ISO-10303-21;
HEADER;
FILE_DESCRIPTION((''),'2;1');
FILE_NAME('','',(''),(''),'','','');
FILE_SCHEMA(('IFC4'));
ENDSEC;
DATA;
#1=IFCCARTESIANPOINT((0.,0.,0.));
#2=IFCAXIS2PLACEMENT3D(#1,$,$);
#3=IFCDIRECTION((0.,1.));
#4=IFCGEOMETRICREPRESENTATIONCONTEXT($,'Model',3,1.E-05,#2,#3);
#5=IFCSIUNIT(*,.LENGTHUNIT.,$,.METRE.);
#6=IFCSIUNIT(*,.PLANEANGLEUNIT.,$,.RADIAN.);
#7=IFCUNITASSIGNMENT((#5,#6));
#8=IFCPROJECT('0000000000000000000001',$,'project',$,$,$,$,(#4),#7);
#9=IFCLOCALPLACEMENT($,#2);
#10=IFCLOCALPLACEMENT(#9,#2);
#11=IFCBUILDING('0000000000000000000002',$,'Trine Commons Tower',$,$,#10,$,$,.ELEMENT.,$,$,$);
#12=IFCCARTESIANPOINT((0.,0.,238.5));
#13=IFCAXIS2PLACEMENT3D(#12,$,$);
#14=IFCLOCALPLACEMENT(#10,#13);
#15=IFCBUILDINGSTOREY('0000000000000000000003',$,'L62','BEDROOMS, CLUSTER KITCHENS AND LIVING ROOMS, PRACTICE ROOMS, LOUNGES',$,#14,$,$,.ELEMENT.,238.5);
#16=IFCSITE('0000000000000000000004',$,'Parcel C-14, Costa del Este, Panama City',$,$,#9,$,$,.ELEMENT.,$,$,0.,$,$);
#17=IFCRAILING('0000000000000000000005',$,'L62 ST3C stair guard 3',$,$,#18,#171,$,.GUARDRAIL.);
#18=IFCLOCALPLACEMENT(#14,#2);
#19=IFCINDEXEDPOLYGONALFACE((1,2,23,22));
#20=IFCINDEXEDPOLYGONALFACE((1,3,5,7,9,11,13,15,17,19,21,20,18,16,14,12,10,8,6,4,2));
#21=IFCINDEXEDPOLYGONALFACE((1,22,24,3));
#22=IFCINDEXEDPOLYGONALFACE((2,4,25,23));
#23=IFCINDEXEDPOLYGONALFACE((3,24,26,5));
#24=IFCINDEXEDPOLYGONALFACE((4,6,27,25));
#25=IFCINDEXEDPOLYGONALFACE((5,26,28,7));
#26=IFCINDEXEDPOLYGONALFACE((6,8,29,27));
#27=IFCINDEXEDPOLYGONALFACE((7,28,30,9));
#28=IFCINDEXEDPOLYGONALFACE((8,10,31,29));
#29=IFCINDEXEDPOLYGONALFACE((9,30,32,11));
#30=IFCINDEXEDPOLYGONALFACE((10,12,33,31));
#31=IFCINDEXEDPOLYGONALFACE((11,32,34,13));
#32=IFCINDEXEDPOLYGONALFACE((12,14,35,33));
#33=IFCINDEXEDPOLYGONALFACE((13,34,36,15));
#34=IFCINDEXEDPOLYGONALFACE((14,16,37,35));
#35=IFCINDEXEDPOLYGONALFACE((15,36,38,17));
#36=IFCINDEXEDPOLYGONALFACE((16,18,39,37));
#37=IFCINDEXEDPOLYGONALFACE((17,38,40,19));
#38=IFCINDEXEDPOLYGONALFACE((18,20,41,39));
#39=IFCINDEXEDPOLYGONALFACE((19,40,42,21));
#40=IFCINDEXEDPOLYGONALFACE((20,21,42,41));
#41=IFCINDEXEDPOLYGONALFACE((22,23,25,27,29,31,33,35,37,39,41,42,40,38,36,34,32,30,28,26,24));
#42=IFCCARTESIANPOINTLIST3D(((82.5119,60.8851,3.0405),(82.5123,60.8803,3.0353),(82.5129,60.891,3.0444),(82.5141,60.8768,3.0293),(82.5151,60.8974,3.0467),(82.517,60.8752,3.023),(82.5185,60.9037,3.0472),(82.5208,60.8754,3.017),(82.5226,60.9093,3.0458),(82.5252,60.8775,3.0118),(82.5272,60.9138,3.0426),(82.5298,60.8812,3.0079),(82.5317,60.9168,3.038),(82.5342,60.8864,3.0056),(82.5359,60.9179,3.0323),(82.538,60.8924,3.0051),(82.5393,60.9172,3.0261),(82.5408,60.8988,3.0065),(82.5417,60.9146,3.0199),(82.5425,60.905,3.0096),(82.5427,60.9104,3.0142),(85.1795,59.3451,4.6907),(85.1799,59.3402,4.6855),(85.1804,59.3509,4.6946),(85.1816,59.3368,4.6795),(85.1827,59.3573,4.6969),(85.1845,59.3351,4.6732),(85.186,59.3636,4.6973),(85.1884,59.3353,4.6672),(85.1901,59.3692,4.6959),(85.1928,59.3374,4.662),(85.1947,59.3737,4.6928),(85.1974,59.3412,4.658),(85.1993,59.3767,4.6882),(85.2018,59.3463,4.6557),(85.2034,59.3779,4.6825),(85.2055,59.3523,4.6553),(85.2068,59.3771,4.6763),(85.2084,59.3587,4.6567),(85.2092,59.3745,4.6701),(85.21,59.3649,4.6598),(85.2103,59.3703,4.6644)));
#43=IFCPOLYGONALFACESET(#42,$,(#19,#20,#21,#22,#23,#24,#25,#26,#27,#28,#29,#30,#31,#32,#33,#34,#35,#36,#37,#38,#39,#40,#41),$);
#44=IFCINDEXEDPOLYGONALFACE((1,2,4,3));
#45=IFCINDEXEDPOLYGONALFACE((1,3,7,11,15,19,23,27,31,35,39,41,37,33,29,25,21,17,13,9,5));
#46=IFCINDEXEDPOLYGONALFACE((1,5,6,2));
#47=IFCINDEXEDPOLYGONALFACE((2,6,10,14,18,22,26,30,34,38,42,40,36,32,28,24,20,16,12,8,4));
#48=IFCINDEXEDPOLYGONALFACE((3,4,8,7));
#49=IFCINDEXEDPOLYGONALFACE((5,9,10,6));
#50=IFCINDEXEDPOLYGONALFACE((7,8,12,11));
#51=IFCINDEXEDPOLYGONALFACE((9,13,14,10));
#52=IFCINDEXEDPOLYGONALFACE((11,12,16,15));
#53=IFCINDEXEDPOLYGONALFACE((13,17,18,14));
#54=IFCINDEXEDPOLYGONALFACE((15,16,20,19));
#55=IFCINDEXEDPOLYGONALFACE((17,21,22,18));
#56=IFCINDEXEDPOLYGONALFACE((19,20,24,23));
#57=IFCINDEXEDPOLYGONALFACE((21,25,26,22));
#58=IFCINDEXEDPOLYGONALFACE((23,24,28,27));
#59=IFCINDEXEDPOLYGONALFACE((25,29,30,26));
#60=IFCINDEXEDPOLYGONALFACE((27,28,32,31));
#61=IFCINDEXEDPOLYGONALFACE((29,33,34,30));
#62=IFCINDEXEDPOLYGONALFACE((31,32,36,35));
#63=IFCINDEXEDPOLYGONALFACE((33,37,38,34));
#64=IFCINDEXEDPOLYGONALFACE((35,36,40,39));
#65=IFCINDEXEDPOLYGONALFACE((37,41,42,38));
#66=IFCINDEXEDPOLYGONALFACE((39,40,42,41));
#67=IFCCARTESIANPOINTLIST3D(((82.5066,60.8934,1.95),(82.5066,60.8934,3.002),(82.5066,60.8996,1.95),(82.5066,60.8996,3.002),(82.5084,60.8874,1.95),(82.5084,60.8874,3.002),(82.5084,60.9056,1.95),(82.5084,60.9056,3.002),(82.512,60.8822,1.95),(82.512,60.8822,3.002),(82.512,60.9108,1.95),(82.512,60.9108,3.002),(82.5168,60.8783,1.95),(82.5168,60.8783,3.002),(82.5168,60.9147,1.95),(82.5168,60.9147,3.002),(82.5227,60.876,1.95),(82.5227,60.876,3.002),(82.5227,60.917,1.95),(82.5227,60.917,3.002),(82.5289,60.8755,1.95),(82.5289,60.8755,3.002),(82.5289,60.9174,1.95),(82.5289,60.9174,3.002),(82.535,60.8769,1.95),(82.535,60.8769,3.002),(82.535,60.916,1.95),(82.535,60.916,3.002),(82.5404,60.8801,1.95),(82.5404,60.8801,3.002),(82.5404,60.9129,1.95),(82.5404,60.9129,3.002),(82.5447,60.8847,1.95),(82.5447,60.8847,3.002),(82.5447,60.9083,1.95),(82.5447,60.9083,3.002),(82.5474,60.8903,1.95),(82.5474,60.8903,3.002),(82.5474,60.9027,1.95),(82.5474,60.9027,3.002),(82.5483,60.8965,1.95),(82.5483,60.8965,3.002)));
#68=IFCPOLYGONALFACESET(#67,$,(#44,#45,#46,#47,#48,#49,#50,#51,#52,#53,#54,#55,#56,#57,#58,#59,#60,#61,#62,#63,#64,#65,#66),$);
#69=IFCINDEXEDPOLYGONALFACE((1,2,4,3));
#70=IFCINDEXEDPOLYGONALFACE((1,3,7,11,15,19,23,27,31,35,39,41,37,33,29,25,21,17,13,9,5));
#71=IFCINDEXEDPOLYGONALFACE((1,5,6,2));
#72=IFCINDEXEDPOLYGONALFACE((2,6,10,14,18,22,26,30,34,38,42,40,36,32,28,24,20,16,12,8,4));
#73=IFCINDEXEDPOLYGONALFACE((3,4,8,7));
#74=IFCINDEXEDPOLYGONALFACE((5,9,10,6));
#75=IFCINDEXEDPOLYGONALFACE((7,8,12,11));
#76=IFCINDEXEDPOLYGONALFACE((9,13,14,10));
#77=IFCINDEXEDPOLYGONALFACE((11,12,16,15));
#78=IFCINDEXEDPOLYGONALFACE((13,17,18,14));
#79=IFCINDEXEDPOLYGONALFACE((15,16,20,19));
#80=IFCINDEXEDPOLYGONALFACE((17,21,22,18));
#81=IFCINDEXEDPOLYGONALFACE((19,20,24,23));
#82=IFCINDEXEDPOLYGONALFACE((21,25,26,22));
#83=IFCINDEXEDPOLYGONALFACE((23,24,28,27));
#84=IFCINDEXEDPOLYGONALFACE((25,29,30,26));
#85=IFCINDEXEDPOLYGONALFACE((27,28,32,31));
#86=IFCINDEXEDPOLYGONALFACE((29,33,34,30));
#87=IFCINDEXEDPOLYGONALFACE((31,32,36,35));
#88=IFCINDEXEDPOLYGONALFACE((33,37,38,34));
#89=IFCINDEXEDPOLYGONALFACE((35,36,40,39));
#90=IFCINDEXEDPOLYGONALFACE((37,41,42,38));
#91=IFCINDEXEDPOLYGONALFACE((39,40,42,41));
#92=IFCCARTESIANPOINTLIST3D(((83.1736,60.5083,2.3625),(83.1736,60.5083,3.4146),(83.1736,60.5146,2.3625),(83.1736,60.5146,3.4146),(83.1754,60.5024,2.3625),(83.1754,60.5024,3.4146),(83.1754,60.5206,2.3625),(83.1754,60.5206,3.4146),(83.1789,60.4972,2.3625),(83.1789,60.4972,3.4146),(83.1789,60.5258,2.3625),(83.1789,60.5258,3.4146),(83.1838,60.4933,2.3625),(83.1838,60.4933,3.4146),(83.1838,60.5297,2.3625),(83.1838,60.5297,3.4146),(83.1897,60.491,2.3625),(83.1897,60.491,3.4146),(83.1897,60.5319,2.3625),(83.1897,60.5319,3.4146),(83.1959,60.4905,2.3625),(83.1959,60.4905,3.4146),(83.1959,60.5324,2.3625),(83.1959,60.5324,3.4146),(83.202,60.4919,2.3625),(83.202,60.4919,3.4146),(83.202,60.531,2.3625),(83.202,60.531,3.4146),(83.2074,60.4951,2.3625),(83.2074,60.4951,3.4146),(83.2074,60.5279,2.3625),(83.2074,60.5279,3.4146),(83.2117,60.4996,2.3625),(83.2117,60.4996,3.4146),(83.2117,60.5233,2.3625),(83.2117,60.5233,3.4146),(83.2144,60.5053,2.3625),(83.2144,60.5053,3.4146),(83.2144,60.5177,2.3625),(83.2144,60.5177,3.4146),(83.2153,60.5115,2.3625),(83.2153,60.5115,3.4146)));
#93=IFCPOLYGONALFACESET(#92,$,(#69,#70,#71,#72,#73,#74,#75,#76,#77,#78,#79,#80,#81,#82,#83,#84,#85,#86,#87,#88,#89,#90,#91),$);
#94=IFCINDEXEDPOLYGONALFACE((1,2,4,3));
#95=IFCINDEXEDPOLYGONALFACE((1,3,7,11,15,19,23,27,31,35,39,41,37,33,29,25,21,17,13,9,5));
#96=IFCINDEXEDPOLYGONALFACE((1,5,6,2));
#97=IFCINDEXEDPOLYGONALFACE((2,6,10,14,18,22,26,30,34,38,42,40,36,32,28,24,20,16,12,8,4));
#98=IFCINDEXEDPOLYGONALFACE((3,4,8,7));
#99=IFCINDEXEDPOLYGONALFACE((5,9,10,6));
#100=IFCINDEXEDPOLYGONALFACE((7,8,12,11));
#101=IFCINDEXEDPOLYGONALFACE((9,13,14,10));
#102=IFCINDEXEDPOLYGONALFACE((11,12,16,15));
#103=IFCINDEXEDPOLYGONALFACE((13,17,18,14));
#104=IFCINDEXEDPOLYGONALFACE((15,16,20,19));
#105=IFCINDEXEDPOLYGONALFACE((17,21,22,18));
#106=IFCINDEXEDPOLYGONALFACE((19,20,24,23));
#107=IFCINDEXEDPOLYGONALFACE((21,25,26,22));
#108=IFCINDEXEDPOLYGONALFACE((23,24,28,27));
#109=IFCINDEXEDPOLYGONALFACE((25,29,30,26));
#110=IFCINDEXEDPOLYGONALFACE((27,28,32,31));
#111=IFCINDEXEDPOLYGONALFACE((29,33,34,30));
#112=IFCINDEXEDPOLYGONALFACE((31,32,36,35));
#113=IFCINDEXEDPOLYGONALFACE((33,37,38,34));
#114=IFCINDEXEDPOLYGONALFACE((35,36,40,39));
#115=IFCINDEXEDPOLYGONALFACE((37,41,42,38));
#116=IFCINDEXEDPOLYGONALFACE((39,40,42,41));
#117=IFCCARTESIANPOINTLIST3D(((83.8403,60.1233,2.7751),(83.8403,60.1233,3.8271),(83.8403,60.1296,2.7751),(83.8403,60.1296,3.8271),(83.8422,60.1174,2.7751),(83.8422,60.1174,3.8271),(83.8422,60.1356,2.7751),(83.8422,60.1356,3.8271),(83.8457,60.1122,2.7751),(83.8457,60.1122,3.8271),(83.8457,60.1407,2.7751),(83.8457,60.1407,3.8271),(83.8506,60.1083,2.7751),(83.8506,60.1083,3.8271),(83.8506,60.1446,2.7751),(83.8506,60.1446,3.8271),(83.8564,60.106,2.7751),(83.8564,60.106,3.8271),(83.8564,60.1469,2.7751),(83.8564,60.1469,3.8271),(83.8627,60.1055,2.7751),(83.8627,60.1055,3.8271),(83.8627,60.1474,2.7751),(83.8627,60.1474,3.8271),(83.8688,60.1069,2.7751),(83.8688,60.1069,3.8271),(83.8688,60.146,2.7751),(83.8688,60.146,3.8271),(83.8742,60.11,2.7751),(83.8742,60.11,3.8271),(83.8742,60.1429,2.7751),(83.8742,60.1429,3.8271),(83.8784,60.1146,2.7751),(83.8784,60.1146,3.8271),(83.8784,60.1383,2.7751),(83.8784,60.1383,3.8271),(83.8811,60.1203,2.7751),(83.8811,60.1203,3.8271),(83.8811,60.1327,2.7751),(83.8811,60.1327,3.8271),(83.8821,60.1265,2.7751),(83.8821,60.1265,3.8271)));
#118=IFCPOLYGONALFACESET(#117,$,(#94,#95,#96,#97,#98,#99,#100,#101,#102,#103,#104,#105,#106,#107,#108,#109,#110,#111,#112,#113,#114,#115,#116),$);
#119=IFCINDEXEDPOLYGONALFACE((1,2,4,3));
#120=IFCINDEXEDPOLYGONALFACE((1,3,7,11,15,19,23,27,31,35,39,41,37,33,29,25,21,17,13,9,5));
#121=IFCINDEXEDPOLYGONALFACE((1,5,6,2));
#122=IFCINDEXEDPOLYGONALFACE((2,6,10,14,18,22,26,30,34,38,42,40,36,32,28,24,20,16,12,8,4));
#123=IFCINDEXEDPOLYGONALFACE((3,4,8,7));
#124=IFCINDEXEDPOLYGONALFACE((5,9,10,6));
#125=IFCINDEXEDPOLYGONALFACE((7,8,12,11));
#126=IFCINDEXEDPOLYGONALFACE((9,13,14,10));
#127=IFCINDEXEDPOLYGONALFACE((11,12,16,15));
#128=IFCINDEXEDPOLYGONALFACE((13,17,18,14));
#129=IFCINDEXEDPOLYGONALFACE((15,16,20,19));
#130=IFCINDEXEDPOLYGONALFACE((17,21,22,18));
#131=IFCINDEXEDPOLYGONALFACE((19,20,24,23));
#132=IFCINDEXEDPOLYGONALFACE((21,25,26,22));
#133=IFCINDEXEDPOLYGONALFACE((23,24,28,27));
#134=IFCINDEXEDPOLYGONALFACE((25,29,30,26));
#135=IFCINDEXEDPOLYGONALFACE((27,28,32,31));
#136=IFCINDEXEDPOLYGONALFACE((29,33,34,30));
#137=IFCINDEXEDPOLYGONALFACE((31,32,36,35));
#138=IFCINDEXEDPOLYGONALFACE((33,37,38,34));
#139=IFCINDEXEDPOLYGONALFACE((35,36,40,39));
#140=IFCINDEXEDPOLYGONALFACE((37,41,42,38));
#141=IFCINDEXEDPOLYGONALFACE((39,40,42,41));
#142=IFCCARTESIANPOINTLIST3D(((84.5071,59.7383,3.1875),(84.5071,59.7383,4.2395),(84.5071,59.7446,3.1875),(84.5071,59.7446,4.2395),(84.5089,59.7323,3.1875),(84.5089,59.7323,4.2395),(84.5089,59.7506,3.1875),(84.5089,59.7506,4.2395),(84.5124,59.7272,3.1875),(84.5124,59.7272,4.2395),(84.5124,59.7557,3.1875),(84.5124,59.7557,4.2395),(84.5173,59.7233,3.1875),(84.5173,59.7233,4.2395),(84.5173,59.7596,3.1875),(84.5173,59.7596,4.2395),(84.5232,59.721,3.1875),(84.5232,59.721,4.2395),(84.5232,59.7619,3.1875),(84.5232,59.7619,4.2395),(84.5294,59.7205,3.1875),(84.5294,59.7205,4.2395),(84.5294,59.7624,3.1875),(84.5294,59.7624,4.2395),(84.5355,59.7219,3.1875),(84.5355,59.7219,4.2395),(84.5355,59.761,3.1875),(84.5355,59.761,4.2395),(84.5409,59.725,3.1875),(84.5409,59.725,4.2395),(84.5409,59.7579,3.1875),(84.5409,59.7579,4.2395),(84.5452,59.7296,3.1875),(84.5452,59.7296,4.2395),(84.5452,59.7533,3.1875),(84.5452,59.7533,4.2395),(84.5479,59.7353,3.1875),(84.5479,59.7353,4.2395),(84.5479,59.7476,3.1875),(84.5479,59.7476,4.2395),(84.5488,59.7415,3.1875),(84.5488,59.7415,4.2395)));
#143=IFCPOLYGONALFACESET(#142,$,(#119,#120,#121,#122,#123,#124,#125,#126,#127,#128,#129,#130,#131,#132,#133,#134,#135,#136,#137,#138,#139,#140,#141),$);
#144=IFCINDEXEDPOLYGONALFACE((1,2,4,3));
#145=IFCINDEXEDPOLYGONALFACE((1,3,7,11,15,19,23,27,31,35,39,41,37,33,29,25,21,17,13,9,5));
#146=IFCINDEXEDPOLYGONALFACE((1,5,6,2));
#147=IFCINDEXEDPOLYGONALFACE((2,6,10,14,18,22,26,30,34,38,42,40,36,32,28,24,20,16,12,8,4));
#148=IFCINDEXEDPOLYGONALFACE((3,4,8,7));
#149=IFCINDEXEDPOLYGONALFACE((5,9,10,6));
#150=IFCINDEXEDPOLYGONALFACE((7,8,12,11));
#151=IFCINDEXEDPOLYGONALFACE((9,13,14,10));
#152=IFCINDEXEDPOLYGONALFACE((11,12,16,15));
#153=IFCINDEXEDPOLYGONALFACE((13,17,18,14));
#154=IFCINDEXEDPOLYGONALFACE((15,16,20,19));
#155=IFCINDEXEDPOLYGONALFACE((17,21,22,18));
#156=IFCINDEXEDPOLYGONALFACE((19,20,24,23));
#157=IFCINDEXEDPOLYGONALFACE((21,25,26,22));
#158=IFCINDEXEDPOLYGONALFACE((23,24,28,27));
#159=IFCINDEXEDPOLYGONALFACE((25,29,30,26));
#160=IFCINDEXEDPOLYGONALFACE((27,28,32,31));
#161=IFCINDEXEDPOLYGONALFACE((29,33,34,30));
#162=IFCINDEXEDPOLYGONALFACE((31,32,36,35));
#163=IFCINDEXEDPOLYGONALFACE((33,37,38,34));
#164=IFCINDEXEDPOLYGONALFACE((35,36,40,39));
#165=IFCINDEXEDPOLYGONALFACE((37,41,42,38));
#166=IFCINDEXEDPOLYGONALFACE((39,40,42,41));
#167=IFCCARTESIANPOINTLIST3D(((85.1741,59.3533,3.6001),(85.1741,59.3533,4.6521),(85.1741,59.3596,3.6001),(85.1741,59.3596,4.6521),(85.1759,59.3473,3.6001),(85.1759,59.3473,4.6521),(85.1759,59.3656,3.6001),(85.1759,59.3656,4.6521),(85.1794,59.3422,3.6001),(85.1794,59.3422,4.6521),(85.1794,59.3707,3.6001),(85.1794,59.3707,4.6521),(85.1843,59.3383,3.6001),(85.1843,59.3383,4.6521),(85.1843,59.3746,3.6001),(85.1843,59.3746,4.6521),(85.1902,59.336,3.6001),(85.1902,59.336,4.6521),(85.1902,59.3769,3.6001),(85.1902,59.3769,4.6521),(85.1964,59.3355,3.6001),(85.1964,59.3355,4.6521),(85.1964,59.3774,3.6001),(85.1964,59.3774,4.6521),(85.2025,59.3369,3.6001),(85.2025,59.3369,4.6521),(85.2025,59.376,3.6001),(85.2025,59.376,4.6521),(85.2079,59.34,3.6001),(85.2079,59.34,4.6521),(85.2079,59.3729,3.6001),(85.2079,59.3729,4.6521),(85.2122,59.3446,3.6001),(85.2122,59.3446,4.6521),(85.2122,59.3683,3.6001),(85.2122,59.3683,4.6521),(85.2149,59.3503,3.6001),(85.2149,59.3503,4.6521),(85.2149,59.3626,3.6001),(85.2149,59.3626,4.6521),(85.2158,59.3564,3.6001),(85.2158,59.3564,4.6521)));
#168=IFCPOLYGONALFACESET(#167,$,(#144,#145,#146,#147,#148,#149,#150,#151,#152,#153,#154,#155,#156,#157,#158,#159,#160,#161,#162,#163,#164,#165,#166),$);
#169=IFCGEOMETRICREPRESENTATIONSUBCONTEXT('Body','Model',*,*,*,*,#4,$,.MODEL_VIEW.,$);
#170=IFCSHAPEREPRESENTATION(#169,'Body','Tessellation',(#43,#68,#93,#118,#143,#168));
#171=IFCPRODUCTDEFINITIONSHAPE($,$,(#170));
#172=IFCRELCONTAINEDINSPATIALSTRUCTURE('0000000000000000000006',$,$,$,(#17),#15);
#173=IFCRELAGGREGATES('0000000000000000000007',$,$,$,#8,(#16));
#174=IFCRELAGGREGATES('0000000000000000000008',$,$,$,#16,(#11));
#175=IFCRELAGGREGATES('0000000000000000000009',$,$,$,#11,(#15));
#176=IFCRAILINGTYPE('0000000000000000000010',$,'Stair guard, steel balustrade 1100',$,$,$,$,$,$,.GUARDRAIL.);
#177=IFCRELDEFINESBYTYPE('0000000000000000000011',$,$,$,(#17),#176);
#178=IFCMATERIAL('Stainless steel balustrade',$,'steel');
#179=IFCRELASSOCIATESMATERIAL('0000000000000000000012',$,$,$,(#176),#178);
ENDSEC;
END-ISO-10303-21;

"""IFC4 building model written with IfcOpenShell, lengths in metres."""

from ifc_helpers import new_model, si_unit, direction, frame, origin, origin_2d, place, context, subcontext, project, spatial, circle, extrude, material, type_object, element, save


model = new_model("IFC4")

# Units and contexts
model_context = context("Model", 3, precision=1e-05, world=origin(), true_north=direction((0.0, 1.0)))
body_context = subcontext(model_context, "Body", "Model", "MODEL_VIEW")
ifc_project = project(units=[si_unit("LENGTHUNIT", "METRE"), si_unit("PLANEANGLEUNIT", "RADIAN")], contexts=[model_context])

# Site, building, storey
site_placement = place(None, origin())
site = spatial("IfcSite", under=ifc_project, at=site_placement, Name="Parcel C-14, Costa del Este, Panama City", CompositionType="ELEMENT", RefElevation=0.0)
building_placement = place(site_placement, origin())
building = spatial("IfcBuilding", under=site, at=building_placement, Name="Trine Commons Tower", CompositionType="ELEMENT")
storey_placement = place(building_placement, frame((0.0, 0.0, 238.5)))
storey = spatial("IfcBuildingStorey", under=building, at=storey_placement, Name="L62", Description="BEDROOMS, CLUSTER KITCHENS AND LIVING ROOMS, PRACTICE ROOMS, LOUNGES", CompositionType="ELEMENT", Elevation=238.5)

# Railing
ifc_material_1 = material(Name="Stainless steel balustrade", Category="steel")
railing_type_1 = type_object("IfcRailingType", Name="Stair guard, steel balustrade 1100", PredefinedType="GUARDRAIL", material=ifc_material_1)
railing_1_placement = place(storey_placement, frame((82.5273, 60.8965, 1.95)))
element("IfcRailing", 1, at=railing_1_placement, inside=storey, type_object=railing_type_1, Name="L62 ST3C stair guard 3", PredefinedType="GUARDRAIL", context=body_context, shape_type="SweptSolid", body=[
    extrude(circle(Radius=0.0239, at=origin_2d()), frame((0.0, 0.0, 1.0762), z_axis=(0.76338, -0.440728, 0.472239), x_axis=(0.499992, 0.86603, 0.0)), (0.0, 0.0, 1.0), 3.4944),
    extrude(circle(Radius=0.021, at=origin_2d()), origin(), (0.0, 0.0, 1.0), 1.052),
    extrude(circle(Radius=0.021, at=origin_2d()), frame((0.667, -0.385, 0.4126)), (0.0, 0.0, 1.0), 1.052),
    extrude(circle(Radius=0.021, at=origin_2d()), frame((1.3337, -0.77, 0.8252)), (0.0, 0.0, 1.0), 1.052),
    extrude(circle(Radius=0.021, at=origin_2d()), frame((2.0005, -1.155, 1.2375)), (0.0, 0.0, 1.0), 1.052),
    extrude(circle(Radius=0.021, at=origin_2d()), frame((2.6675, -1.54, 1.6501)), (0.0, 0.0, 1.0), 1.052),
])

save(model, "model.ifc")
